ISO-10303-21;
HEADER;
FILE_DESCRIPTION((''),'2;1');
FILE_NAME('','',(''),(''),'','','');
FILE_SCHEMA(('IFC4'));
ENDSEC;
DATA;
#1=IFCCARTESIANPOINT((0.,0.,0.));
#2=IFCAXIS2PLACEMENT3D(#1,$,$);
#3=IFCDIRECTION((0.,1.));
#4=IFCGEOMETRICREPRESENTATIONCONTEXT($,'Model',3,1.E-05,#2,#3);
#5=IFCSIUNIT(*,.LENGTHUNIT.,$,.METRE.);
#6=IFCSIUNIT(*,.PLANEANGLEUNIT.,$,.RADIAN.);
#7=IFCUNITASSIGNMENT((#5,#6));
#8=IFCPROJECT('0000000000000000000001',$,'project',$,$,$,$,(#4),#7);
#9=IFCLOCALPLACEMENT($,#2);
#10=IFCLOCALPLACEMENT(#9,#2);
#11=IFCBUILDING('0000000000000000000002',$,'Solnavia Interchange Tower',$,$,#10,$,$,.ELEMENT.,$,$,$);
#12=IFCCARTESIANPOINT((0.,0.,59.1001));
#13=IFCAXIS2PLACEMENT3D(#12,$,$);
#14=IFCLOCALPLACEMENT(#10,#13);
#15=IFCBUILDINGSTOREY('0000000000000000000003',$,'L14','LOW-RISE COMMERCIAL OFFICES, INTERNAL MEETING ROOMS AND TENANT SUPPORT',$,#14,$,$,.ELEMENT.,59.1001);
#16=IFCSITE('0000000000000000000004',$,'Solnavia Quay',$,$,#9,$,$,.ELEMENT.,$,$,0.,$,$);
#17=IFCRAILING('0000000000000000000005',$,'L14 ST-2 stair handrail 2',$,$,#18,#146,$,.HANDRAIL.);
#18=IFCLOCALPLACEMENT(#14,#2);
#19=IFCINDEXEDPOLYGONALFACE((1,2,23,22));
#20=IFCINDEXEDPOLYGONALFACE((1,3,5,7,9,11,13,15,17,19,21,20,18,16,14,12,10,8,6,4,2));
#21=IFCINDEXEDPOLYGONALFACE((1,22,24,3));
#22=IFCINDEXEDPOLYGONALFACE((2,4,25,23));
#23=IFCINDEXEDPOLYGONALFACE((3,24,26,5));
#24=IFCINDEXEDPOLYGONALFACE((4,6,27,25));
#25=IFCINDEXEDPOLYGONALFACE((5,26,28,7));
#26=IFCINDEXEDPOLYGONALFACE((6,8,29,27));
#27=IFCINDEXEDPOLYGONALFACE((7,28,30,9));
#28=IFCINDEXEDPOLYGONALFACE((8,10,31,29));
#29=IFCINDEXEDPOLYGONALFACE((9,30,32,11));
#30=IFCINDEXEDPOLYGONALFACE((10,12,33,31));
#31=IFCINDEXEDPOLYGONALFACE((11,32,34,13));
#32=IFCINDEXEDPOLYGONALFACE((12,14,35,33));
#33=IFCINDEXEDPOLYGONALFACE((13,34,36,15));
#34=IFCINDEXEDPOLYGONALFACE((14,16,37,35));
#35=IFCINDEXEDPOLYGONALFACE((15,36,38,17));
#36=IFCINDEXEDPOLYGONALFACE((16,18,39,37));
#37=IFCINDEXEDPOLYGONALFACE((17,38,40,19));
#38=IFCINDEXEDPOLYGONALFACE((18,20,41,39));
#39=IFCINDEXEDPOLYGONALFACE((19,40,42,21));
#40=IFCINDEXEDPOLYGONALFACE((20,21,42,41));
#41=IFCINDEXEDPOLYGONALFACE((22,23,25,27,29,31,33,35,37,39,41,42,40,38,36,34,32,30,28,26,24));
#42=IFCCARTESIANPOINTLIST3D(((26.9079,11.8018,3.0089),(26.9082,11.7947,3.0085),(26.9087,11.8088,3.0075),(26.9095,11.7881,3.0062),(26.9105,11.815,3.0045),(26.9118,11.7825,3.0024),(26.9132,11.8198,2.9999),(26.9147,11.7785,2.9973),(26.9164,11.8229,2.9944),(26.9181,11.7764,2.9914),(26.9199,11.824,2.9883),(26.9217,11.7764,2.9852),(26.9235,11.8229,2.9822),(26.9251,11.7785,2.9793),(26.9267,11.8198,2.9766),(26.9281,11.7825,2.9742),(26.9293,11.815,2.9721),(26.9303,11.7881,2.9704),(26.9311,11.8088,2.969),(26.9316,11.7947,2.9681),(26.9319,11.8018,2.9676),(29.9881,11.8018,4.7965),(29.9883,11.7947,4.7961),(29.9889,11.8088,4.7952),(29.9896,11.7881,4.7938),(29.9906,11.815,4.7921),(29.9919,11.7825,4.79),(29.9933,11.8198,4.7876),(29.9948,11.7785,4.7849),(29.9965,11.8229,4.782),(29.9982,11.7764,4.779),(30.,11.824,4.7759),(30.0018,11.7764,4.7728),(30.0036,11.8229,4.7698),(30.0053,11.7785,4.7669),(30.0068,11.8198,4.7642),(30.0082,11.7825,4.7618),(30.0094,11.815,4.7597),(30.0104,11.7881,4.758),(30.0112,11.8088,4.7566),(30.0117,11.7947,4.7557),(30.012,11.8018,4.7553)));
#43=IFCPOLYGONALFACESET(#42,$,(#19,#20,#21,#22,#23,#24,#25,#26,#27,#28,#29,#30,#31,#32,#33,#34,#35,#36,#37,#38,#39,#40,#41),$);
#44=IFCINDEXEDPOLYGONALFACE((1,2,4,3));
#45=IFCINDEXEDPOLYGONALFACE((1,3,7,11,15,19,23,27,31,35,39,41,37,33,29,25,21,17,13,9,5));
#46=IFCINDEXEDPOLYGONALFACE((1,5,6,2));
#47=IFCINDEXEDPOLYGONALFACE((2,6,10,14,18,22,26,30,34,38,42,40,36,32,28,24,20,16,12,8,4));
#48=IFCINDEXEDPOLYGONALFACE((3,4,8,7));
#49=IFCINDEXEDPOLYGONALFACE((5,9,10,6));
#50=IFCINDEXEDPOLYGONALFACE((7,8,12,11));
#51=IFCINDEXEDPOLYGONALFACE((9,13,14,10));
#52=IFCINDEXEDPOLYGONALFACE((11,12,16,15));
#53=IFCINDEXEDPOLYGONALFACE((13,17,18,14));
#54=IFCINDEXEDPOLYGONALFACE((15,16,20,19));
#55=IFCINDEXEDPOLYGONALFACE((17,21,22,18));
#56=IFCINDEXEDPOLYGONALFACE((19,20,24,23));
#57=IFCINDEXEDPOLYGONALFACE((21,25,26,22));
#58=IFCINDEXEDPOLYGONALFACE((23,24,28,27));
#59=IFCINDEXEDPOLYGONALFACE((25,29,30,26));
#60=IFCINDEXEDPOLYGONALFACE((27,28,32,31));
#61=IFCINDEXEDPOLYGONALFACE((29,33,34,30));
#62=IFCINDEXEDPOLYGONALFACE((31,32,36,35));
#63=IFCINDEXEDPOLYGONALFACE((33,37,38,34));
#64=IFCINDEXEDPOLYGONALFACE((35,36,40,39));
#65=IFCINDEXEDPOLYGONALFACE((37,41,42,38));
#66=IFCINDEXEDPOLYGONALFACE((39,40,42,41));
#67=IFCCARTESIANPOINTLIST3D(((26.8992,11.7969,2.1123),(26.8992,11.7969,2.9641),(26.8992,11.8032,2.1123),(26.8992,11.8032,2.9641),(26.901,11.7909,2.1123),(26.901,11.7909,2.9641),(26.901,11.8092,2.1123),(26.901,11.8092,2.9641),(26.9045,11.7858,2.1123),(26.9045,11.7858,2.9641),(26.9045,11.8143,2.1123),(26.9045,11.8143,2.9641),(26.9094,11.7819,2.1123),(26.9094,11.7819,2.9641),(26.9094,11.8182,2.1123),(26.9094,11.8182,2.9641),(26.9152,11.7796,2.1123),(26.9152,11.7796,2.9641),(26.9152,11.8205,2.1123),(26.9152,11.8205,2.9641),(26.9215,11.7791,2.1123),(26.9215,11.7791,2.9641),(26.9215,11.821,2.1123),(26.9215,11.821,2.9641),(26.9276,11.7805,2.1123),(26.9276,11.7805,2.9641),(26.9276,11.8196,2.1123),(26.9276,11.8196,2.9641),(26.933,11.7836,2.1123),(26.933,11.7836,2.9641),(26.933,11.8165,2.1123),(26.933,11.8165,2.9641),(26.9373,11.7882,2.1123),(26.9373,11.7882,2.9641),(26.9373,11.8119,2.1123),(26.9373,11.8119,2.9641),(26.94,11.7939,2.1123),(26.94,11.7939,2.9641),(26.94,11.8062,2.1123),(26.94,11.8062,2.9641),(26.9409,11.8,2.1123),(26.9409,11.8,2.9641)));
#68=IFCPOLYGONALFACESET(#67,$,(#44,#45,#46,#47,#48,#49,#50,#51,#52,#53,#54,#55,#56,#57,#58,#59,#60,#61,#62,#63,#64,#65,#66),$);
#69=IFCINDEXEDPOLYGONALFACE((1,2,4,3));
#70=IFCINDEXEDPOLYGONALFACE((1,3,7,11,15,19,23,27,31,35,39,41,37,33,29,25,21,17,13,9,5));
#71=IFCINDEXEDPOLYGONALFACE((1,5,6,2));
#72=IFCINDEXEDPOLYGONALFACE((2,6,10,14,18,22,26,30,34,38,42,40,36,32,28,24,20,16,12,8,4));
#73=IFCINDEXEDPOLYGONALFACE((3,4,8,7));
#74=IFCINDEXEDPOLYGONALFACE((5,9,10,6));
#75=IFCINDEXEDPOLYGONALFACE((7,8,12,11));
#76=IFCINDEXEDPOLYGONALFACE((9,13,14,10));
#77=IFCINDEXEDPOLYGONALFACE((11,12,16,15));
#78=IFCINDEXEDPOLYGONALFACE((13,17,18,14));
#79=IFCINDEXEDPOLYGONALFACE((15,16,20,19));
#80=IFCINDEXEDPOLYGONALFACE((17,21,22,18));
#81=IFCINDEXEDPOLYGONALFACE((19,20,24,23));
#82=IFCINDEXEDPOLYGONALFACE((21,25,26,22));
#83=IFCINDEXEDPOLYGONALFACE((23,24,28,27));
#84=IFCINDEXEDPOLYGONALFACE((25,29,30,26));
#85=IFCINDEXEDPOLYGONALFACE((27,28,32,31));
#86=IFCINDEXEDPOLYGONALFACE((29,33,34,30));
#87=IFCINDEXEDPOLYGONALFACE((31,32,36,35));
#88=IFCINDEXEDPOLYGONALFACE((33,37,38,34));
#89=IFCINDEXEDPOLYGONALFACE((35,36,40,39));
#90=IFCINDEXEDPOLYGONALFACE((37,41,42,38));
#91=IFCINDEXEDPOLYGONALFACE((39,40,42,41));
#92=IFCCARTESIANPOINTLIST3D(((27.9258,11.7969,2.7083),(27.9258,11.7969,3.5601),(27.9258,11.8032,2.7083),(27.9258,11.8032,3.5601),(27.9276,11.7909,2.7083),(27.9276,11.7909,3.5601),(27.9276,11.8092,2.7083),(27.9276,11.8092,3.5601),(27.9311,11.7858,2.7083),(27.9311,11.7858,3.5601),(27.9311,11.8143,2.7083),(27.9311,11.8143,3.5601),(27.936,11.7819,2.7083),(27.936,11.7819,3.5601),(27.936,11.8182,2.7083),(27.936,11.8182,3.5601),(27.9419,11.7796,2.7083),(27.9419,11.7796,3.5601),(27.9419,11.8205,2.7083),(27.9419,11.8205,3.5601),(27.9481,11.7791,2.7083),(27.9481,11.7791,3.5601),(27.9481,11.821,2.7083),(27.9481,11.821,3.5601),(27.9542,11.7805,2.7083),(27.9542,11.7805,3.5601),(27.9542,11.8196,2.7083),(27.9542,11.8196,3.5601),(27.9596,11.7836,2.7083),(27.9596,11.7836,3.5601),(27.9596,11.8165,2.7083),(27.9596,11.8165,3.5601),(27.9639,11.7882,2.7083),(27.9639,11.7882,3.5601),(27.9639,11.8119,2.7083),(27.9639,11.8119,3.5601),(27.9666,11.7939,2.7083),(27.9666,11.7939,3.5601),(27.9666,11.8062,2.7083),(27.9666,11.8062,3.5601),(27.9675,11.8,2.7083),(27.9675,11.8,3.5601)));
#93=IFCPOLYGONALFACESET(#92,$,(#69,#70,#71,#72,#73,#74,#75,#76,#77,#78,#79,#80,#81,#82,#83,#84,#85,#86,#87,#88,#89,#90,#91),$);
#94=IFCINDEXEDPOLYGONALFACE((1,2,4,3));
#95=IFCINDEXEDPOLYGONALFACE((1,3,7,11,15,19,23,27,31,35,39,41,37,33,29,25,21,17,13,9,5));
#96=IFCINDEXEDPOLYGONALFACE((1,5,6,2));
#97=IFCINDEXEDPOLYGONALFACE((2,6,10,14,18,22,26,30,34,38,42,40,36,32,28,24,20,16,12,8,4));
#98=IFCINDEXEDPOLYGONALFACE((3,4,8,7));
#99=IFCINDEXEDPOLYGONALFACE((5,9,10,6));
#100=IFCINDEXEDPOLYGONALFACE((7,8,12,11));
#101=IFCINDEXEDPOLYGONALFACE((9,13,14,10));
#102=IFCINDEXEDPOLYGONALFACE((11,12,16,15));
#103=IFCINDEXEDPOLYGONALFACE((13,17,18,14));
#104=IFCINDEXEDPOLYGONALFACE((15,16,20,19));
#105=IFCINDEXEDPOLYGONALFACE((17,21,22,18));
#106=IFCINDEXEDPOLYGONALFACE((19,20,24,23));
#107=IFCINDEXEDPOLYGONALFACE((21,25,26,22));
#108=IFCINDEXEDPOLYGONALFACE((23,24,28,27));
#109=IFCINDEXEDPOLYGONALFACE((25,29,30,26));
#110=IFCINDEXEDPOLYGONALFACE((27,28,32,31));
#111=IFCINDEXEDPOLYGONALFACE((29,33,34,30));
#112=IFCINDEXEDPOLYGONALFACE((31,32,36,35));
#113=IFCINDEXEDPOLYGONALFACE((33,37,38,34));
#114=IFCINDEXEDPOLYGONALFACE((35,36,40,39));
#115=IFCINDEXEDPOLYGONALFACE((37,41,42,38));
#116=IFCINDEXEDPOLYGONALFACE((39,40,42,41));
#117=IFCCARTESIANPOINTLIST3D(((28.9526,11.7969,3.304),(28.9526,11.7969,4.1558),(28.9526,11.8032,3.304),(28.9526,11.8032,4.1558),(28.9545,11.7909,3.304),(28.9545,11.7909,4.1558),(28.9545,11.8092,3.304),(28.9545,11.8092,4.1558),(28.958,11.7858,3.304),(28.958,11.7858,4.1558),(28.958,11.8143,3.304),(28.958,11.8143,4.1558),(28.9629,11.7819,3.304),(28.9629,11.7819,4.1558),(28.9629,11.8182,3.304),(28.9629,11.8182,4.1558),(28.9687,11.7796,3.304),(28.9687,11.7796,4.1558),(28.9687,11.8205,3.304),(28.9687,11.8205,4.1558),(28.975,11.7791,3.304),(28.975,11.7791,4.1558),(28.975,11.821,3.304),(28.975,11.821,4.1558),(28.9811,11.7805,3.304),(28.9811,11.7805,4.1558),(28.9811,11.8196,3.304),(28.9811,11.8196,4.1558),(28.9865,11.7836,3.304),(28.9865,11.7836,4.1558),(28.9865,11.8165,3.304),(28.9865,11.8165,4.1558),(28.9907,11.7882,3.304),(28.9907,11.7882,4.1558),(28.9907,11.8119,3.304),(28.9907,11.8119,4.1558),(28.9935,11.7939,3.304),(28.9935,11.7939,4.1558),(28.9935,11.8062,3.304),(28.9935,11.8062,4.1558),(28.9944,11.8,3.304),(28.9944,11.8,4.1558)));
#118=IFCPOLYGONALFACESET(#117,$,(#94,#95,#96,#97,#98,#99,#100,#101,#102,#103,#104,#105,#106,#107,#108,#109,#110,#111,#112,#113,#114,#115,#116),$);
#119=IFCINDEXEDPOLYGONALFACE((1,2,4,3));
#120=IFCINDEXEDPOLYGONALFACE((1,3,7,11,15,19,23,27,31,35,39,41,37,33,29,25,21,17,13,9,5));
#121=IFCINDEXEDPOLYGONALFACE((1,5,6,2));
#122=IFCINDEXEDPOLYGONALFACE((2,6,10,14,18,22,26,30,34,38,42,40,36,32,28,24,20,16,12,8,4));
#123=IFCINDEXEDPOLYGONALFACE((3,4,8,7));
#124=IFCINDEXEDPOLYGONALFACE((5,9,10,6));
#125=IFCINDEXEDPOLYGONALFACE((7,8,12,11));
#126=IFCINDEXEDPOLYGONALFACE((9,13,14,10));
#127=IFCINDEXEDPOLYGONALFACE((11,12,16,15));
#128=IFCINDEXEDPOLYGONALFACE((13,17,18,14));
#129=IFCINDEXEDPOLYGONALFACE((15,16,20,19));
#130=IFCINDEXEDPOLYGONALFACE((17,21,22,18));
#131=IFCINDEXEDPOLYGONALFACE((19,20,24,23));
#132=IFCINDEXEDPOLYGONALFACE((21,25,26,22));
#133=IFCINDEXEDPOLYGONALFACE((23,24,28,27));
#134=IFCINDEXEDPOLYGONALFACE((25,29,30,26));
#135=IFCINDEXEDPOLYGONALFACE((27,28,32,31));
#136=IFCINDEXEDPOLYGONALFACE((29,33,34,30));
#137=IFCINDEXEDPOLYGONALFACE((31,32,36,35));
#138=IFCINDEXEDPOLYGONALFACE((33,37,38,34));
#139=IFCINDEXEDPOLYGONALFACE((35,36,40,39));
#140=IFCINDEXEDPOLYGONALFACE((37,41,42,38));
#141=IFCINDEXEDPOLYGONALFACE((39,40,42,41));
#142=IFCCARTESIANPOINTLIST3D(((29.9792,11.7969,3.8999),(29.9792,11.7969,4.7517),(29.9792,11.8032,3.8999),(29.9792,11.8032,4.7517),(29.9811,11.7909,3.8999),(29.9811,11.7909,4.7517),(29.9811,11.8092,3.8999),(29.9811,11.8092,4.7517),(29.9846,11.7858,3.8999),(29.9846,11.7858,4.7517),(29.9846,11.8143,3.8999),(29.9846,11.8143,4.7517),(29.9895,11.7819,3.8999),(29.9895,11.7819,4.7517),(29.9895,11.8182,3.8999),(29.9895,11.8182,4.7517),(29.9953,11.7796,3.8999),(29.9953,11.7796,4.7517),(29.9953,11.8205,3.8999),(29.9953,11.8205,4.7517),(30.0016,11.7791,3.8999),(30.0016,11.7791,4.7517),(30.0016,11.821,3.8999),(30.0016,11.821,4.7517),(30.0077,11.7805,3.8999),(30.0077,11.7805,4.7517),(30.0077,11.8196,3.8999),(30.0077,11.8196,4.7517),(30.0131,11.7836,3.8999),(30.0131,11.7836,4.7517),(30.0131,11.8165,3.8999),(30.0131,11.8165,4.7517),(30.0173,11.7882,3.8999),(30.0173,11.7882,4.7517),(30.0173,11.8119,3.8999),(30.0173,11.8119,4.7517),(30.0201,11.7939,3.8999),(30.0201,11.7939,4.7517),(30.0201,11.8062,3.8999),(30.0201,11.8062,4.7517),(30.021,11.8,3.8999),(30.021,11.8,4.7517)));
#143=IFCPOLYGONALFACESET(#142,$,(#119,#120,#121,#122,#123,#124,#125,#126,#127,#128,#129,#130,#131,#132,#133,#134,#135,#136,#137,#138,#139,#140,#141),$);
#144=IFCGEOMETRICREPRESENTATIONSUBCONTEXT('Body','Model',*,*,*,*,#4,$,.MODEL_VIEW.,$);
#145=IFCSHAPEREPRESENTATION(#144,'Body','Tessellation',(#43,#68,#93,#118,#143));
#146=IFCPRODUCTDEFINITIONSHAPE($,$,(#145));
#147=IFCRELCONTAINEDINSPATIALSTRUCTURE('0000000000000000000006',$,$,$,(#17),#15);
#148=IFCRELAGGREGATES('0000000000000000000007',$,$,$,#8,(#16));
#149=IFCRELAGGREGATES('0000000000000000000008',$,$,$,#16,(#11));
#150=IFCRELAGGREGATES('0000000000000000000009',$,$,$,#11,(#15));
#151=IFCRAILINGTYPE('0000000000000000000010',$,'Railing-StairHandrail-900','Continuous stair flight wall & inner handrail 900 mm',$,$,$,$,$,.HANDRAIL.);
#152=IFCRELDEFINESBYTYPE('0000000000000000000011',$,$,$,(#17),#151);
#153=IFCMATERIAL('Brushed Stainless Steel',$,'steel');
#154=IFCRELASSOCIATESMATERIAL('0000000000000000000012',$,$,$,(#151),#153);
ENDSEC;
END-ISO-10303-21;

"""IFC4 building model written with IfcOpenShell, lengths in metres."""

from ifc_helpers import new_model, si_unit, direction, frame, origin, origin_2d, place, context, subcontext, project, spatial, circle, extrude, material, type_object, element, save


model = new_model("IFC4")

# Units and contexts
model_context = context("Model", 3, precision=1e-05, world=origin(), true_north=direction((0.0, 1.0)))
body_context = subcontext(model_context, "Body", "Model", "MODEL_VIEW")
ifc_project = project(units=[si_unit("LENGTHUNIT", "METRE"), si_unit("PLANEANGLEUNIT", "RADIAN")], contexts=[model_context])

# Site, building, storey
site_placement = place(None, origin())
site = spatial("IfcSite", under=ifc_project, at=site_placement, Name="Solnavia Quay", CompositionType="ELEMENT", RefElevation=0.0)
building_placement = place(site_placement, origin())
building = spatial("IfcBuilding", under=site, at=building_placement, Name="Solnavia Interchange Tower", CompositionType="ELEMENT")
storey_placement = place(building_placement, frame((0.0, 0.0, 59.1001)))
storey = spatial("IfcBuildingStorey", under=building, at=storey_placement, Name="L14", Description="LOW-RISE COMMERCIAL OFFICES, INTERNAL MEETING ROOMS AND TENANT SUPPORT", CompositionType="ELEMENT", Elevation=59.1001)

# Railing
ifc_material_1 = material(Name="Brushed Stainless Steel", Category="steel")
railing_type_1 = type_object("IfcRailingType", Name="Railing-StairHandrail-900", Description="Continuous stair flight wall & inner handrail 900 mm", PredefinedType="HANDRAIL", material=ifc_material_1)
railing_1_placement = place(storey_placement, frame((26.9199, 11.8, 2.1123)))
element("IfcRailing", 1, at=railing_1_placement, inside=storey, type_object=railing_type_1, Name="L14 ST-2 stair handrail 2", PredefinedType="HANDRAIL", context=body_context, shape_type="SweptSolid", body=[
    extrude(circle(Radius=0.0239, at=origin_2d()), frame((0.0, 0.0, 0.876), z_axis=(0.864891, 0.0, 0.50196), x_axis=(0.0, 1.0, 0.0)), (0.0, 0.0, 1.0), 3.5613),
    extrude(circle(Radius=0.021, at=origin_2d()), origin(), (0.0, 0.0, 1.0), 0.8518),
    extrude(circle(Radius=0.021, at=origin_2d()), frame((1.0266, 0.0, 0.5959)), (0.0, 0.0, 1.0), 0.8518),
    extrude(circle(Radius=0.021, at=origin_2d()), frame((2.0535, 0.0, 1.1917)), (0.0, 0.0, 1.0), 0.8518),
    extrude(circle(Radius=0.021, at=origin_2d()), frame((3.0801, 0.0, 1.7876)), (0.0, 0.0, 1.0), 0.8518),
])

save(model, "model.ifc")
